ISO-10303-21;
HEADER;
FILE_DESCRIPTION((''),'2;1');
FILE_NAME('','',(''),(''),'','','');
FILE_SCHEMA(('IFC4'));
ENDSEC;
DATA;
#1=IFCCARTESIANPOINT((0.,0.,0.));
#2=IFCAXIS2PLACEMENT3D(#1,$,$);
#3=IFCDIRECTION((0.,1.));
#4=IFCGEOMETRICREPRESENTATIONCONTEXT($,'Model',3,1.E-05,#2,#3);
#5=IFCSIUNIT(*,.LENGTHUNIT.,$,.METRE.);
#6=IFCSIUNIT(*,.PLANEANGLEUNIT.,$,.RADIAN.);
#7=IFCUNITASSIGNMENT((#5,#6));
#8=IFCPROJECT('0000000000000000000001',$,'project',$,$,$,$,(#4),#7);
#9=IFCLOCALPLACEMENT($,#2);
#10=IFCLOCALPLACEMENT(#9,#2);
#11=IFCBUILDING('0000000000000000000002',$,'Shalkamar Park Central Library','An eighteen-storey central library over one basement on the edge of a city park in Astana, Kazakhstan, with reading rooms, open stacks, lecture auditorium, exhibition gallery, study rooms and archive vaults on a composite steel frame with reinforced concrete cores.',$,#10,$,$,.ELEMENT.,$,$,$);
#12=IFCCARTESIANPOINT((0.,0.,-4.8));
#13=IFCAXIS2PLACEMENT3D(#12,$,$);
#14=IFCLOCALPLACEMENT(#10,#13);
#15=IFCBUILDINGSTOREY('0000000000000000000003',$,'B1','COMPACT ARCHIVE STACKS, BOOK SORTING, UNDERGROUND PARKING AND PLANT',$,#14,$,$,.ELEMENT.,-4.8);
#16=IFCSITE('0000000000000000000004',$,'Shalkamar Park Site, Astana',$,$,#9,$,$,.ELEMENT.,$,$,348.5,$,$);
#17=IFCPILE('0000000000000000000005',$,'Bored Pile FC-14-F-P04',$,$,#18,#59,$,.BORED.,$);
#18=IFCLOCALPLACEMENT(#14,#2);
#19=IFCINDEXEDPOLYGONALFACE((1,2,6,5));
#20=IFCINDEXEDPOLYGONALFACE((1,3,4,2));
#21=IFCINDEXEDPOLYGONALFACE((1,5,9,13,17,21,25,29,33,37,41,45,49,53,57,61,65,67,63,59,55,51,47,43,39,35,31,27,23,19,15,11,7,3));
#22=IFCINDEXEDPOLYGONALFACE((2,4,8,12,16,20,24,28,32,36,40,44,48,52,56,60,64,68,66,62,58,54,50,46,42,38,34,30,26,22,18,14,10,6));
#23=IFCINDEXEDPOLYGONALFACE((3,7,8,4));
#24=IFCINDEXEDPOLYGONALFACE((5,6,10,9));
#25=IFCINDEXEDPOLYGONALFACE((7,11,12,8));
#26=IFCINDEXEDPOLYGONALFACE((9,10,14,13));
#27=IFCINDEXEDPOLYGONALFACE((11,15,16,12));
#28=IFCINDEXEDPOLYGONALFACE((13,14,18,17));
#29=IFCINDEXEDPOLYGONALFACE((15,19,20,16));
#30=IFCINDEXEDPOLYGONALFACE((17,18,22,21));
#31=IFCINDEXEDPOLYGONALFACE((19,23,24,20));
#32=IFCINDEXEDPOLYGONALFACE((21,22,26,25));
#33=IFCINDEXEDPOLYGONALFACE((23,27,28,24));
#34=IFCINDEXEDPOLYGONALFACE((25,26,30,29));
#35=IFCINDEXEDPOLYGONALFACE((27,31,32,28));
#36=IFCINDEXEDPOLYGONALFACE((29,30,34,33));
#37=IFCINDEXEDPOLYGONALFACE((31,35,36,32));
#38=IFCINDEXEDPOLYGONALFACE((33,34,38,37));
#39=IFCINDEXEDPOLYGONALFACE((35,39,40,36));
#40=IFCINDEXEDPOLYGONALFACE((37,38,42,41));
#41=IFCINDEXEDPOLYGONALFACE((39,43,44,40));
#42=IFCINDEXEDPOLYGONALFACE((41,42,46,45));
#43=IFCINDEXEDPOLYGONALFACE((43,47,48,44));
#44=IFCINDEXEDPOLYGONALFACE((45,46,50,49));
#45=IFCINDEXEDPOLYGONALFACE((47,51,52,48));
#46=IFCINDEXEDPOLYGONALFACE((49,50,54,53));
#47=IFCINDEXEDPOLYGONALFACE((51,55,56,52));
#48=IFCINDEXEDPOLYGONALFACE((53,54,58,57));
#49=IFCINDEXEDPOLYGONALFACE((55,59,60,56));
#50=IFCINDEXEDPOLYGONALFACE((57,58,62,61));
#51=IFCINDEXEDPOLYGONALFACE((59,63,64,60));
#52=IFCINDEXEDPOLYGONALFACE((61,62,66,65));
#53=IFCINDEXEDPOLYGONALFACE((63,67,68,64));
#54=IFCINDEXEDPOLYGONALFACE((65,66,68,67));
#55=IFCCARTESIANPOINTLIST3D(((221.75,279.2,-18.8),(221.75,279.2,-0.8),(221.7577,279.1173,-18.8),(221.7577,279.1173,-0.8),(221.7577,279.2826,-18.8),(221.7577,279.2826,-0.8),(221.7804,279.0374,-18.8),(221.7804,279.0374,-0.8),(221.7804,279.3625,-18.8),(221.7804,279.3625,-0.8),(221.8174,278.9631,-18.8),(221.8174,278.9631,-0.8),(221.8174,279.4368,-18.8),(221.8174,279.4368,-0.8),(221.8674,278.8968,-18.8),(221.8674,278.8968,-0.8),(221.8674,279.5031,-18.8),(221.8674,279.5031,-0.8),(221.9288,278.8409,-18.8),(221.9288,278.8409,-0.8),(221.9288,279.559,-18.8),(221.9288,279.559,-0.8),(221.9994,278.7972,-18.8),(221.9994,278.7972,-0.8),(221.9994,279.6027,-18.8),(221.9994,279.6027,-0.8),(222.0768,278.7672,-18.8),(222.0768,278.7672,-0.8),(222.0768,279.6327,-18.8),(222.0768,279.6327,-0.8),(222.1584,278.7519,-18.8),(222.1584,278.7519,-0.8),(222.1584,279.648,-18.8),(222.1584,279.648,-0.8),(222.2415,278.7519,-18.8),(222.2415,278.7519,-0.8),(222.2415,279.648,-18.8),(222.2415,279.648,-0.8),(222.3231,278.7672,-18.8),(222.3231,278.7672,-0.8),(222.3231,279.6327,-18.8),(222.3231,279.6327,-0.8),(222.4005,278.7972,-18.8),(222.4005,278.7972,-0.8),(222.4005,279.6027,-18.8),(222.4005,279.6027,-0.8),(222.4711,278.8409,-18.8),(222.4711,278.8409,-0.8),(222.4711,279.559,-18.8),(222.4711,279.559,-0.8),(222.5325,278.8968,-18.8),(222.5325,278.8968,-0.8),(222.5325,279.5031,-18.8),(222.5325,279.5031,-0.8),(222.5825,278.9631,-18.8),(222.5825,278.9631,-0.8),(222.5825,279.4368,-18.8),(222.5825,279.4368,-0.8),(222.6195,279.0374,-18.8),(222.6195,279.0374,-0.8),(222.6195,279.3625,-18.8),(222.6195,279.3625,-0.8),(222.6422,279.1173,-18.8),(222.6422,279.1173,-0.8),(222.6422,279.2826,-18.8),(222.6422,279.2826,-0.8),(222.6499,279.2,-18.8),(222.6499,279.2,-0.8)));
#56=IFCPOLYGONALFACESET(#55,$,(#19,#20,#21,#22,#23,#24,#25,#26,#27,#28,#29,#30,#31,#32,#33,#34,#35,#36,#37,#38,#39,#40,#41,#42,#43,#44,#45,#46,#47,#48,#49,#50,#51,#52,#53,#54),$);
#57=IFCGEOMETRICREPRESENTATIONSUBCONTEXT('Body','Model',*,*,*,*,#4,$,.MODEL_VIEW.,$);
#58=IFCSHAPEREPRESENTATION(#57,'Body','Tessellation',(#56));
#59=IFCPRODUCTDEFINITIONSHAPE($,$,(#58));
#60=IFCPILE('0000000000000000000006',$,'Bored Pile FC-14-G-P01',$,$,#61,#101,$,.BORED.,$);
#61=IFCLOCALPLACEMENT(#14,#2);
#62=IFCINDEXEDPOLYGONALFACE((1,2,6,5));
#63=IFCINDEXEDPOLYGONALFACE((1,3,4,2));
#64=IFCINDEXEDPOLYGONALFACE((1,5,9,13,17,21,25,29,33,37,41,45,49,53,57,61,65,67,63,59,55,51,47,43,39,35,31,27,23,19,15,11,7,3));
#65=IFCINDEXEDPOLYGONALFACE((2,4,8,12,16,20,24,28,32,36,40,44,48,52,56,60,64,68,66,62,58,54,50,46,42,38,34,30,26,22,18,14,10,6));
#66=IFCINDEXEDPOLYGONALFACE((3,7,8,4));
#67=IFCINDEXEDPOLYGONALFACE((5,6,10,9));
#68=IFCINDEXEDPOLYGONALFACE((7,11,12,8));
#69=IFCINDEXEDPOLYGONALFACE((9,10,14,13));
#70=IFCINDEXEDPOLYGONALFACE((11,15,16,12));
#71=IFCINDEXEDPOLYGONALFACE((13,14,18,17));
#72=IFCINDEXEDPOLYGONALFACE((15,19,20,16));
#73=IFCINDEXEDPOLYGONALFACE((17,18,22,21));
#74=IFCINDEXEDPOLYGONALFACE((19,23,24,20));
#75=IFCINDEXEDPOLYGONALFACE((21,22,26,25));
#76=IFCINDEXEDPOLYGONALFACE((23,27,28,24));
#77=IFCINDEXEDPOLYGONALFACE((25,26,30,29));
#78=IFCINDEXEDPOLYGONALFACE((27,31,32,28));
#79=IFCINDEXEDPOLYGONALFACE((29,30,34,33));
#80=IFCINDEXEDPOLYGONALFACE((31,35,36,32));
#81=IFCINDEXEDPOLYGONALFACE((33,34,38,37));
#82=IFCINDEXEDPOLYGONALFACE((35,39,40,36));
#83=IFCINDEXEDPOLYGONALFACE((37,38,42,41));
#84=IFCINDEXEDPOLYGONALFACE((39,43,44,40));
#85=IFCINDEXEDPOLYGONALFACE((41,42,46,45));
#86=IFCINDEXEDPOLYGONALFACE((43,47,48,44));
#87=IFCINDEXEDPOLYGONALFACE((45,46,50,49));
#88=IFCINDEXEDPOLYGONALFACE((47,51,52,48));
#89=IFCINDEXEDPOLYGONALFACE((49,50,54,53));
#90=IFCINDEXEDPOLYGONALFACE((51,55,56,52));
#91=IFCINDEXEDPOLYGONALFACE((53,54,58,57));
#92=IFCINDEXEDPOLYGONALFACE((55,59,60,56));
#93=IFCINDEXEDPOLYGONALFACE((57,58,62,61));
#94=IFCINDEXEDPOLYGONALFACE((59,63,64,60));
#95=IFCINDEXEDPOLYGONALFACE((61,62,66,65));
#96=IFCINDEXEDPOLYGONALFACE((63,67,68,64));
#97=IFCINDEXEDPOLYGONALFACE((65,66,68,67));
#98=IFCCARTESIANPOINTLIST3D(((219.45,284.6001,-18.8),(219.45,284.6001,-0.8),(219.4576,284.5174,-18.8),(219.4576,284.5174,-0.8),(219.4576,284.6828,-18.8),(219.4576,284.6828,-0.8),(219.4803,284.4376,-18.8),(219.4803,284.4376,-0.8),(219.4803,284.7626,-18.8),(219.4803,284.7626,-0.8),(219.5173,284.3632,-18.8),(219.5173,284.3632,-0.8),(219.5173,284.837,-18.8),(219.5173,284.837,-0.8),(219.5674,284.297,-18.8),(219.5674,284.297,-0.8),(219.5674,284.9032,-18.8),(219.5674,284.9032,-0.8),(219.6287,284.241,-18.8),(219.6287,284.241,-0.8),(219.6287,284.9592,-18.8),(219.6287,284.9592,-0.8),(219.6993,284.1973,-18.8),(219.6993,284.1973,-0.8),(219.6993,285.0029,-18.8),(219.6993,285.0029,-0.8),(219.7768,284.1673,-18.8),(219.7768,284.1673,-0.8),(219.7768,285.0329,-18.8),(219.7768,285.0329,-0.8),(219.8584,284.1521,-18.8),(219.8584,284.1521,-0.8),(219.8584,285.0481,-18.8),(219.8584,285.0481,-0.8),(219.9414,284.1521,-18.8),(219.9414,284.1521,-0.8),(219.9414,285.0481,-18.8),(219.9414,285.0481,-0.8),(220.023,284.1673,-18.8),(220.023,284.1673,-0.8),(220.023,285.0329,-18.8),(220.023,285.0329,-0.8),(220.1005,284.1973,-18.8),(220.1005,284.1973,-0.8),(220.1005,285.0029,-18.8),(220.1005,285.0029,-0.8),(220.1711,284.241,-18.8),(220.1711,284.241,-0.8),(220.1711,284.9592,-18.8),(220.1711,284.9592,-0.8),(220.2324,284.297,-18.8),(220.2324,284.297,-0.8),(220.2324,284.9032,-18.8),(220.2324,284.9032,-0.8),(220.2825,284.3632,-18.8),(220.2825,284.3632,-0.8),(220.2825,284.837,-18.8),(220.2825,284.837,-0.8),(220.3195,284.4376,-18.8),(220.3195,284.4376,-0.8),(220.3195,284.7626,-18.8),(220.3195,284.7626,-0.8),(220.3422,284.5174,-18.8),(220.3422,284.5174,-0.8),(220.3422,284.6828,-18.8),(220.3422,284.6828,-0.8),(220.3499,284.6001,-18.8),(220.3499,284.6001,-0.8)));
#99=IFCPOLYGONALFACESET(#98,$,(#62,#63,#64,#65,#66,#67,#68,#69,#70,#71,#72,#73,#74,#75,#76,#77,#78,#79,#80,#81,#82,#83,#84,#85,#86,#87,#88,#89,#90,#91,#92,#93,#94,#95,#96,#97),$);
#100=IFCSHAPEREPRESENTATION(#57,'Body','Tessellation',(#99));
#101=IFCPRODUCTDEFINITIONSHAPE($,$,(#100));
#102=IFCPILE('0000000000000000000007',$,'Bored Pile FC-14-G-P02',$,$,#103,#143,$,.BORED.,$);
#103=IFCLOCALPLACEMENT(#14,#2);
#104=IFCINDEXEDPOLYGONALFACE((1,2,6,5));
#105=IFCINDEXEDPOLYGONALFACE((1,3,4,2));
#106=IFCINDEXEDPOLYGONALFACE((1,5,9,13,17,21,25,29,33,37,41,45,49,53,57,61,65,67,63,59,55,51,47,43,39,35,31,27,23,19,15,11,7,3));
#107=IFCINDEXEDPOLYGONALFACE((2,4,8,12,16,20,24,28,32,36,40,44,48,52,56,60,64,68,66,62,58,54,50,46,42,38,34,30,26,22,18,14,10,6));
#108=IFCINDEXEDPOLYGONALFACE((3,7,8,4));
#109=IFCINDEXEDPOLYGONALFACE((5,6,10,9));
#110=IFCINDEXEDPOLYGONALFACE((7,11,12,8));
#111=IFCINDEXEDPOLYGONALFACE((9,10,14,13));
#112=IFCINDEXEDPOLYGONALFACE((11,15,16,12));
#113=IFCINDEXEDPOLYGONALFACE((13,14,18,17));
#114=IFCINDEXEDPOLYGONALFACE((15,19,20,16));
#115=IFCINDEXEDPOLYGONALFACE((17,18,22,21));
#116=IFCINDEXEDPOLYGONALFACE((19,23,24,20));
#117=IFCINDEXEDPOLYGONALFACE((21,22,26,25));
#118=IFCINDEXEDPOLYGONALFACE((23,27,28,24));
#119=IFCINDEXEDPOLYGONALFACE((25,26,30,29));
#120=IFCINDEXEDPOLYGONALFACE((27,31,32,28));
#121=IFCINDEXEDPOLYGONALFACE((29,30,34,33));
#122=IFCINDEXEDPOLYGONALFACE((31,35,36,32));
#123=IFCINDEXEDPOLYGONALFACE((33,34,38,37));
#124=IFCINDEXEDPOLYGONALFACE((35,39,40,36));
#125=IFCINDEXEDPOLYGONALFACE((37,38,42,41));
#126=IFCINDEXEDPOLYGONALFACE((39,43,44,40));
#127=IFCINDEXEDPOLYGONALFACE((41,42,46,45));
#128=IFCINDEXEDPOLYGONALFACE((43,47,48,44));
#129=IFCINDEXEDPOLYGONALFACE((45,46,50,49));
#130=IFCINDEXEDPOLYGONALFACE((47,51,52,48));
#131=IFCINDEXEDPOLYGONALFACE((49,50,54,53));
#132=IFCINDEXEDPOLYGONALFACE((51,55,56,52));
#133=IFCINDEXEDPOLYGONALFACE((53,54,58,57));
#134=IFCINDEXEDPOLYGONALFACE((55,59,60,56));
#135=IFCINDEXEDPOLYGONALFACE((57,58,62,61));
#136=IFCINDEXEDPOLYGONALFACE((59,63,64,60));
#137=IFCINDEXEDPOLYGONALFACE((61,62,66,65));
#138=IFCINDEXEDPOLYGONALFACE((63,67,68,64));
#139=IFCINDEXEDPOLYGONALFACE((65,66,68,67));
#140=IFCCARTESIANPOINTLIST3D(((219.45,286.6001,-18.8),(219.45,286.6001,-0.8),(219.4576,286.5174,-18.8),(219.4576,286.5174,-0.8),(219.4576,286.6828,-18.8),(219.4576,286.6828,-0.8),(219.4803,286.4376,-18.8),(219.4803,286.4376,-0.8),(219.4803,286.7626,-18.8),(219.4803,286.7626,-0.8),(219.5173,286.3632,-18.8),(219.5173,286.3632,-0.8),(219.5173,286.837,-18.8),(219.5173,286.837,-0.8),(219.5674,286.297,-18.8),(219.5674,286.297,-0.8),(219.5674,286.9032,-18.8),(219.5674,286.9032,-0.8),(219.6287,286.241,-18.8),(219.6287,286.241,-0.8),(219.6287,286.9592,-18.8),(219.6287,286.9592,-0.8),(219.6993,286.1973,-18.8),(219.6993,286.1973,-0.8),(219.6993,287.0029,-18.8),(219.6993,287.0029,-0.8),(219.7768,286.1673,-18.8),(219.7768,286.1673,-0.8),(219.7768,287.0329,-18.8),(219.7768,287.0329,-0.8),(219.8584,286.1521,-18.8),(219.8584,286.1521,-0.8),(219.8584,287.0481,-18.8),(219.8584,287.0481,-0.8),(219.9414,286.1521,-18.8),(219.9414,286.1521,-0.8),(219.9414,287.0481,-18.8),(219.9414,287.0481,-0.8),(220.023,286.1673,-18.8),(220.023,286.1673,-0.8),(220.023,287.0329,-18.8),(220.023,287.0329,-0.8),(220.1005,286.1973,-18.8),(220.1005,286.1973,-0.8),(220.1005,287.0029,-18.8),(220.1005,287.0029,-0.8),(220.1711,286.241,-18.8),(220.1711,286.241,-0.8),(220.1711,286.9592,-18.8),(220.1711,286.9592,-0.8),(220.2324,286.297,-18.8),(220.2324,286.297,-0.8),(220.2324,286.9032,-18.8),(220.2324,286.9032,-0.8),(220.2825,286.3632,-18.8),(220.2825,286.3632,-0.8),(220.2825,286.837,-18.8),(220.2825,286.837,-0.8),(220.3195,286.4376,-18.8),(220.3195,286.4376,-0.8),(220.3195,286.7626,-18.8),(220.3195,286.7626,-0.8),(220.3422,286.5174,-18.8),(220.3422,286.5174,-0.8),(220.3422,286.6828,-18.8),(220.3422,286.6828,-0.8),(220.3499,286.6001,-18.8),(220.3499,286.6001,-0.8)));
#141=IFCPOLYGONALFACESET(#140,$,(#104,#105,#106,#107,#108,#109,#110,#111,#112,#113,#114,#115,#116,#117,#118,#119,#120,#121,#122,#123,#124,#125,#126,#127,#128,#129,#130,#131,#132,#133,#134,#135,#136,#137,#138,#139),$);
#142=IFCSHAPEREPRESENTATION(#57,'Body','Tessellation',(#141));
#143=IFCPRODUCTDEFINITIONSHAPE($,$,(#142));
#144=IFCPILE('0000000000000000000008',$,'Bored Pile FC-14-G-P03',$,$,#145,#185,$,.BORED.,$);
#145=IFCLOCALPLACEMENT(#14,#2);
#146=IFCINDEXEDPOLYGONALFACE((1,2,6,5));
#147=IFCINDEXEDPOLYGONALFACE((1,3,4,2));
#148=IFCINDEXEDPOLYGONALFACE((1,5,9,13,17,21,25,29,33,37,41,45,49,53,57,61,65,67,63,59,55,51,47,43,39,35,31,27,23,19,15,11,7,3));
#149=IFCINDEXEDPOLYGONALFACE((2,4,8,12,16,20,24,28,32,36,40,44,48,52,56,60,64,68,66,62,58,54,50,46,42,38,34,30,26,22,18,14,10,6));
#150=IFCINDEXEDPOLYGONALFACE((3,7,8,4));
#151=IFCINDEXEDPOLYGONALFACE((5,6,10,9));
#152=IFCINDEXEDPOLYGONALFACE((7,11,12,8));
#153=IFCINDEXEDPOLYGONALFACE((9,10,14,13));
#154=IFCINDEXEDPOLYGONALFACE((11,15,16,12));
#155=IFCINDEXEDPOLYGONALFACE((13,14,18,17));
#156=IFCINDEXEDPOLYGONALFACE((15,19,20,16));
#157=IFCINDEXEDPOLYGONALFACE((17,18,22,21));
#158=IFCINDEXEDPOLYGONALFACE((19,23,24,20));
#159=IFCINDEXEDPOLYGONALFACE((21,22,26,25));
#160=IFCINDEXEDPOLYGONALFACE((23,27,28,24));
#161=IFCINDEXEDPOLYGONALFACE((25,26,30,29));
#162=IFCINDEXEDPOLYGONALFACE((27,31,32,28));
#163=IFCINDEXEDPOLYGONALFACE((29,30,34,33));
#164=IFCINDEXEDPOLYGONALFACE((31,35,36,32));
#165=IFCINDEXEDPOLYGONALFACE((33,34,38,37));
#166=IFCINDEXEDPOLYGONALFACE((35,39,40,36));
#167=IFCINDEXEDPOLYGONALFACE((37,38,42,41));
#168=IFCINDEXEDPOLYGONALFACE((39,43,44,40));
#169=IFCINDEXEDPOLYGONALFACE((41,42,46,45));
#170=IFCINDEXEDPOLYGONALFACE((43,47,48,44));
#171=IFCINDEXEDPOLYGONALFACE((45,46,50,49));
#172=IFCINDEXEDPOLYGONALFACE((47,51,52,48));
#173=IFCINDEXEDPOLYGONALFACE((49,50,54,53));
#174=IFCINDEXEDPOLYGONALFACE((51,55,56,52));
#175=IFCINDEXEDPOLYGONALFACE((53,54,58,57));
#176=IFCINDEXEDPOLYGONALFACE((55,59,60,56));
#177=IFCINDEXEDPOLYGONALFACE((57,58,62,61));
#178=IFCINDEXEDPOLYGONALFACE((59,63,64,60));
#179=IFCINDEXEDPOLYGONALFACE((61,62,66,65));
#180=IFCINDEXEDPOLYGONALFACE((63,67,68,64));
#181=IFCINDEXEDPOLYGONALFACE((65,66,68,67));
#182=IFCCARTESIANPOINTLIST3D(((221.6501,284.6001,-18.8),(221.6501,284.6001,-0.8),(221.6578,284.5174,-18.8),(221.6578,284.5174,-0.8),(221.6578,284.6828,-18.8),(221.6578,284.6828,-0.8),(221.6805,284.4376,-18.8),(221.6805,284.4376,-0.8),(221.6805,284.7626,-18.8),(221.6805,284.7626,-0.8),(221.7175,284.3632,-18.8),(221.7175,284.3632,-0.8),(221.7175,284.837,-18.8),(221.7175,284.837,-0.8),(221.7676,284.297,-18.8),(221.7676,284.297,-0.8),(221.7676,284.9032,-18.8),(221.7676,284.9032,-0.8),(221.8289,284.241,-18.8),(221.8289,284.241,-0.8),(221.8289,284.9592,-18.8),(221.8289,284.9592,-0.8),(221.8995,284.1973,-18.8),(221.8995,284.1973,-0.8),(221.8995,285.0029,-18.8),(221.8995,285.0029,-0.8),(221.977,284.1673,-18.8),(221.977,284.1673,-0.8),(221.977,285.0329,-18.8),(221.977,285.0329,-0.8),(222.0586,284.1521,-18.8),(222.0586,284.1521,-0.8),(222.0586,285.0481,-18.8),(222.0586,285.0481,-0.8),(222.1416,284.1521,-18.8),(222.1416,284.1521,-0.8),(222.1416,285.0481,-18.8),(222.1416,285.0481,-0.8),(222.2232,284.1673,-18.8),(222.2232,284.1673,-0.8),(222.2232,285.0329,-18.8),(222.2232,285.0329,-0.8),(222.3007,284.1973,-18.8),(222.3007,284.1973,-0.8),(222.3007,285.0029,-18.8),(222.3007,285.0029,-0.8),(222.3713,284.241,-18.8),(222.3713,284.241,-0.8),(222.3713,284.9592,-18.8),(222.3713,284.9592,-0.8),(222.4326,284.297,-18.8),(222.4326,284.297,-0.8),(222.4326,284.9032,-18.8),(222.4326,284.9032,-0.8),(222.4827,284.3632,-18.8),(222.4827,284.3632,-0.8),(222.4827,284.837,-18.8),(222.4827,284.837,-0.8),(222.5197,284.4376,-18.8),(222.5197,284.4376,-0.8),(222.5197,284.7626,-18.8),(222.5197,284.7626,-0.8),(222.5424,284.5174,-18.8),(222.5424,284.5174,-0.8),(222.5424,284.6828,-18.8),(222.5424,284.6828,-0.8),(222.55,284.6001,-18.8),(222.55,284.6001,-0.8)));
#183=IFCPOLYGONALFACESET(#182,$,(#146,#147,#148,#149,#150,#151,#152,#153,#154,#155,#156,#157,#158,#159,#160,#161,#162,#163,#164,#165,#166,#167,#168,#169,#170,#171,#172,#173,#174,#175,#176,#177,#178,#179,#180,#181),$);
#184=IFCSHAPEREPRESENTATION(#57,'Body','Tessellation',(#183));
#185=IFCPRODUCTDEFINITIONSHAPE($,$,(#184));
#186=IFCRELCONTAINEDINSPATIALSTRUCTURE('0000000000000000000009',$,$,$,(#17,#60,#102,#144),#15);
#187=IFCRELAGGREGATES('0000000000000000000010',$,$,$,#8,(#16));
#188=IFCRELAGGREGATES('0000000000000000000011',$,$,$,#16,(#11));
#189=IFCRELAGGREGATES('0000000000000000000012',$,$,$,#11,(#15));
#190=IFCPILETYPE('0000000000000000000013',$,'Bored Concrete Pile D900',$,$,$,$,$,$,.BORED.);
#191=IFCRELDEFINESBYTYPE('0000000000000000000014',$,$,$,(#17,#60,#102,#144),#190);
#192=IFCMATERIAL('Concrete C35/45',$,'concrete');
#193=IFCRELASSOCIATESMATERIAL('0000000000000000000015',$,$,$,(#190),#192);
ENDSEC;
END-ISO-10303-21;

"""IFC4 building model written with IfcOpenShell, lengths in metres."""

from ifc_helpers import new_model, si_unit, direction, frame, origin, origin_2d, place, context, subcontext, project, spatial, circle, extrude, material, material_profile, profile_set, type_object, element, save


model = new_model("IFC4")

# Units and contexts
model_context = context("Model", 3, precision=1e-05, world=origin(), true_north=direction((0.0, 1.0)))
body_context = subcontext(model_context, "Body", "Model", "MODEL_VIEW")
ifc_project = project(units=[si_unit("LENGTHUNIT", "METRE"), si_unit("PLANEANGLEUNIT", "RADIAN")], contexts=[model_context])

# Site, building, storey
site_placement = place(None, origin())
site = spatial("IfcSite", under=ifc_project, at=site_placement, Name="Shalkamar Park Site, Astana", CompositionType="ELEMENT", RefElevation=348.5)
building_placement = place(site_placement, origin())
building = spatial("IfcBuilding", under=site, at=building_placement, Name="Shalkamar Park Central Library", Description="An eighteen-storey central library over one basement on the edge of a city park in Astana, Kazakhstan, with reading rooms, open stacks, lecture auditorium, exhibition gallery, study rooms and archive vaults on a composite steel frame with reinforced concrete cores.", CompositionType="ELEMENT")
storey_placement = place(building_placement, frame((0.0, 0.0, -4.8)))
storey = spatial("IfcBuildingStorey", under=building, at=storey_placement, Name="B1", Description="COMPACT ARCHIVE STACKS, BOOK SORTING, UNDERGROUND PARKING AND PLANT", CompositionType="ELEMENT", Elevation=-4.8)

# Piles
ifc_material_1 = material(Name="Concrete C35/45", Category="concrete")
ifc_material_profile_1 = material_profile(ifc_material_1, circle(Radius=0.45, at=origin_2d()), Name="PILE D900")
ifc_profile_set_1 = profile_set([ifc_material_profile_1], Name="Concrete C35/45")
pile_type_1 = type_object("IfcPileType", Name="Bored Concrete Pile D900", PredefinedType="BORED", material=ifc_profile_set_1)
for number, where, z_axis, x_axis, name in (
    (1, (222.2, 279.2, -0.8), (0.0, 0.0, -1.0), (1.0, 0.0, 0.0), "Bored Pile FC-14-F-P04"),
    (2, (219.8999, 284.6001, -0.8), (0.0, 0.0, -1.0), (1.0, 0.0, 0.0), "Bored Pile FC-14-G-P01"),
    (3, (219.8999, 286.6001, -0.8), (0.0, 0.0, -1.0), (1.0, 0.0, 0.0), "Bored Pile FC-14-G-P02"),
    (4, (222.1001, 284.6001, -0.8), (0.0, 0.0, -1.0), (1.0, 0.0, 0.0), "Bored Pile FC-14-G-P03"),
):
    element("IfcPile", number, at=place(storey_placement, frame(where, z_axis=z_axis, x_axis=x_axis)), inside=storey, type_object=pile_type_1, Name=name, PredefinedType="BORED", context=body_context, shape_type="SweptSolid", body=[
        extrude(circle(Radius=0.45, at=origin_2d()), origin(), (0.0, 0.0, 1.0), 18.0),
    ])

save(model, "model.ifc")
